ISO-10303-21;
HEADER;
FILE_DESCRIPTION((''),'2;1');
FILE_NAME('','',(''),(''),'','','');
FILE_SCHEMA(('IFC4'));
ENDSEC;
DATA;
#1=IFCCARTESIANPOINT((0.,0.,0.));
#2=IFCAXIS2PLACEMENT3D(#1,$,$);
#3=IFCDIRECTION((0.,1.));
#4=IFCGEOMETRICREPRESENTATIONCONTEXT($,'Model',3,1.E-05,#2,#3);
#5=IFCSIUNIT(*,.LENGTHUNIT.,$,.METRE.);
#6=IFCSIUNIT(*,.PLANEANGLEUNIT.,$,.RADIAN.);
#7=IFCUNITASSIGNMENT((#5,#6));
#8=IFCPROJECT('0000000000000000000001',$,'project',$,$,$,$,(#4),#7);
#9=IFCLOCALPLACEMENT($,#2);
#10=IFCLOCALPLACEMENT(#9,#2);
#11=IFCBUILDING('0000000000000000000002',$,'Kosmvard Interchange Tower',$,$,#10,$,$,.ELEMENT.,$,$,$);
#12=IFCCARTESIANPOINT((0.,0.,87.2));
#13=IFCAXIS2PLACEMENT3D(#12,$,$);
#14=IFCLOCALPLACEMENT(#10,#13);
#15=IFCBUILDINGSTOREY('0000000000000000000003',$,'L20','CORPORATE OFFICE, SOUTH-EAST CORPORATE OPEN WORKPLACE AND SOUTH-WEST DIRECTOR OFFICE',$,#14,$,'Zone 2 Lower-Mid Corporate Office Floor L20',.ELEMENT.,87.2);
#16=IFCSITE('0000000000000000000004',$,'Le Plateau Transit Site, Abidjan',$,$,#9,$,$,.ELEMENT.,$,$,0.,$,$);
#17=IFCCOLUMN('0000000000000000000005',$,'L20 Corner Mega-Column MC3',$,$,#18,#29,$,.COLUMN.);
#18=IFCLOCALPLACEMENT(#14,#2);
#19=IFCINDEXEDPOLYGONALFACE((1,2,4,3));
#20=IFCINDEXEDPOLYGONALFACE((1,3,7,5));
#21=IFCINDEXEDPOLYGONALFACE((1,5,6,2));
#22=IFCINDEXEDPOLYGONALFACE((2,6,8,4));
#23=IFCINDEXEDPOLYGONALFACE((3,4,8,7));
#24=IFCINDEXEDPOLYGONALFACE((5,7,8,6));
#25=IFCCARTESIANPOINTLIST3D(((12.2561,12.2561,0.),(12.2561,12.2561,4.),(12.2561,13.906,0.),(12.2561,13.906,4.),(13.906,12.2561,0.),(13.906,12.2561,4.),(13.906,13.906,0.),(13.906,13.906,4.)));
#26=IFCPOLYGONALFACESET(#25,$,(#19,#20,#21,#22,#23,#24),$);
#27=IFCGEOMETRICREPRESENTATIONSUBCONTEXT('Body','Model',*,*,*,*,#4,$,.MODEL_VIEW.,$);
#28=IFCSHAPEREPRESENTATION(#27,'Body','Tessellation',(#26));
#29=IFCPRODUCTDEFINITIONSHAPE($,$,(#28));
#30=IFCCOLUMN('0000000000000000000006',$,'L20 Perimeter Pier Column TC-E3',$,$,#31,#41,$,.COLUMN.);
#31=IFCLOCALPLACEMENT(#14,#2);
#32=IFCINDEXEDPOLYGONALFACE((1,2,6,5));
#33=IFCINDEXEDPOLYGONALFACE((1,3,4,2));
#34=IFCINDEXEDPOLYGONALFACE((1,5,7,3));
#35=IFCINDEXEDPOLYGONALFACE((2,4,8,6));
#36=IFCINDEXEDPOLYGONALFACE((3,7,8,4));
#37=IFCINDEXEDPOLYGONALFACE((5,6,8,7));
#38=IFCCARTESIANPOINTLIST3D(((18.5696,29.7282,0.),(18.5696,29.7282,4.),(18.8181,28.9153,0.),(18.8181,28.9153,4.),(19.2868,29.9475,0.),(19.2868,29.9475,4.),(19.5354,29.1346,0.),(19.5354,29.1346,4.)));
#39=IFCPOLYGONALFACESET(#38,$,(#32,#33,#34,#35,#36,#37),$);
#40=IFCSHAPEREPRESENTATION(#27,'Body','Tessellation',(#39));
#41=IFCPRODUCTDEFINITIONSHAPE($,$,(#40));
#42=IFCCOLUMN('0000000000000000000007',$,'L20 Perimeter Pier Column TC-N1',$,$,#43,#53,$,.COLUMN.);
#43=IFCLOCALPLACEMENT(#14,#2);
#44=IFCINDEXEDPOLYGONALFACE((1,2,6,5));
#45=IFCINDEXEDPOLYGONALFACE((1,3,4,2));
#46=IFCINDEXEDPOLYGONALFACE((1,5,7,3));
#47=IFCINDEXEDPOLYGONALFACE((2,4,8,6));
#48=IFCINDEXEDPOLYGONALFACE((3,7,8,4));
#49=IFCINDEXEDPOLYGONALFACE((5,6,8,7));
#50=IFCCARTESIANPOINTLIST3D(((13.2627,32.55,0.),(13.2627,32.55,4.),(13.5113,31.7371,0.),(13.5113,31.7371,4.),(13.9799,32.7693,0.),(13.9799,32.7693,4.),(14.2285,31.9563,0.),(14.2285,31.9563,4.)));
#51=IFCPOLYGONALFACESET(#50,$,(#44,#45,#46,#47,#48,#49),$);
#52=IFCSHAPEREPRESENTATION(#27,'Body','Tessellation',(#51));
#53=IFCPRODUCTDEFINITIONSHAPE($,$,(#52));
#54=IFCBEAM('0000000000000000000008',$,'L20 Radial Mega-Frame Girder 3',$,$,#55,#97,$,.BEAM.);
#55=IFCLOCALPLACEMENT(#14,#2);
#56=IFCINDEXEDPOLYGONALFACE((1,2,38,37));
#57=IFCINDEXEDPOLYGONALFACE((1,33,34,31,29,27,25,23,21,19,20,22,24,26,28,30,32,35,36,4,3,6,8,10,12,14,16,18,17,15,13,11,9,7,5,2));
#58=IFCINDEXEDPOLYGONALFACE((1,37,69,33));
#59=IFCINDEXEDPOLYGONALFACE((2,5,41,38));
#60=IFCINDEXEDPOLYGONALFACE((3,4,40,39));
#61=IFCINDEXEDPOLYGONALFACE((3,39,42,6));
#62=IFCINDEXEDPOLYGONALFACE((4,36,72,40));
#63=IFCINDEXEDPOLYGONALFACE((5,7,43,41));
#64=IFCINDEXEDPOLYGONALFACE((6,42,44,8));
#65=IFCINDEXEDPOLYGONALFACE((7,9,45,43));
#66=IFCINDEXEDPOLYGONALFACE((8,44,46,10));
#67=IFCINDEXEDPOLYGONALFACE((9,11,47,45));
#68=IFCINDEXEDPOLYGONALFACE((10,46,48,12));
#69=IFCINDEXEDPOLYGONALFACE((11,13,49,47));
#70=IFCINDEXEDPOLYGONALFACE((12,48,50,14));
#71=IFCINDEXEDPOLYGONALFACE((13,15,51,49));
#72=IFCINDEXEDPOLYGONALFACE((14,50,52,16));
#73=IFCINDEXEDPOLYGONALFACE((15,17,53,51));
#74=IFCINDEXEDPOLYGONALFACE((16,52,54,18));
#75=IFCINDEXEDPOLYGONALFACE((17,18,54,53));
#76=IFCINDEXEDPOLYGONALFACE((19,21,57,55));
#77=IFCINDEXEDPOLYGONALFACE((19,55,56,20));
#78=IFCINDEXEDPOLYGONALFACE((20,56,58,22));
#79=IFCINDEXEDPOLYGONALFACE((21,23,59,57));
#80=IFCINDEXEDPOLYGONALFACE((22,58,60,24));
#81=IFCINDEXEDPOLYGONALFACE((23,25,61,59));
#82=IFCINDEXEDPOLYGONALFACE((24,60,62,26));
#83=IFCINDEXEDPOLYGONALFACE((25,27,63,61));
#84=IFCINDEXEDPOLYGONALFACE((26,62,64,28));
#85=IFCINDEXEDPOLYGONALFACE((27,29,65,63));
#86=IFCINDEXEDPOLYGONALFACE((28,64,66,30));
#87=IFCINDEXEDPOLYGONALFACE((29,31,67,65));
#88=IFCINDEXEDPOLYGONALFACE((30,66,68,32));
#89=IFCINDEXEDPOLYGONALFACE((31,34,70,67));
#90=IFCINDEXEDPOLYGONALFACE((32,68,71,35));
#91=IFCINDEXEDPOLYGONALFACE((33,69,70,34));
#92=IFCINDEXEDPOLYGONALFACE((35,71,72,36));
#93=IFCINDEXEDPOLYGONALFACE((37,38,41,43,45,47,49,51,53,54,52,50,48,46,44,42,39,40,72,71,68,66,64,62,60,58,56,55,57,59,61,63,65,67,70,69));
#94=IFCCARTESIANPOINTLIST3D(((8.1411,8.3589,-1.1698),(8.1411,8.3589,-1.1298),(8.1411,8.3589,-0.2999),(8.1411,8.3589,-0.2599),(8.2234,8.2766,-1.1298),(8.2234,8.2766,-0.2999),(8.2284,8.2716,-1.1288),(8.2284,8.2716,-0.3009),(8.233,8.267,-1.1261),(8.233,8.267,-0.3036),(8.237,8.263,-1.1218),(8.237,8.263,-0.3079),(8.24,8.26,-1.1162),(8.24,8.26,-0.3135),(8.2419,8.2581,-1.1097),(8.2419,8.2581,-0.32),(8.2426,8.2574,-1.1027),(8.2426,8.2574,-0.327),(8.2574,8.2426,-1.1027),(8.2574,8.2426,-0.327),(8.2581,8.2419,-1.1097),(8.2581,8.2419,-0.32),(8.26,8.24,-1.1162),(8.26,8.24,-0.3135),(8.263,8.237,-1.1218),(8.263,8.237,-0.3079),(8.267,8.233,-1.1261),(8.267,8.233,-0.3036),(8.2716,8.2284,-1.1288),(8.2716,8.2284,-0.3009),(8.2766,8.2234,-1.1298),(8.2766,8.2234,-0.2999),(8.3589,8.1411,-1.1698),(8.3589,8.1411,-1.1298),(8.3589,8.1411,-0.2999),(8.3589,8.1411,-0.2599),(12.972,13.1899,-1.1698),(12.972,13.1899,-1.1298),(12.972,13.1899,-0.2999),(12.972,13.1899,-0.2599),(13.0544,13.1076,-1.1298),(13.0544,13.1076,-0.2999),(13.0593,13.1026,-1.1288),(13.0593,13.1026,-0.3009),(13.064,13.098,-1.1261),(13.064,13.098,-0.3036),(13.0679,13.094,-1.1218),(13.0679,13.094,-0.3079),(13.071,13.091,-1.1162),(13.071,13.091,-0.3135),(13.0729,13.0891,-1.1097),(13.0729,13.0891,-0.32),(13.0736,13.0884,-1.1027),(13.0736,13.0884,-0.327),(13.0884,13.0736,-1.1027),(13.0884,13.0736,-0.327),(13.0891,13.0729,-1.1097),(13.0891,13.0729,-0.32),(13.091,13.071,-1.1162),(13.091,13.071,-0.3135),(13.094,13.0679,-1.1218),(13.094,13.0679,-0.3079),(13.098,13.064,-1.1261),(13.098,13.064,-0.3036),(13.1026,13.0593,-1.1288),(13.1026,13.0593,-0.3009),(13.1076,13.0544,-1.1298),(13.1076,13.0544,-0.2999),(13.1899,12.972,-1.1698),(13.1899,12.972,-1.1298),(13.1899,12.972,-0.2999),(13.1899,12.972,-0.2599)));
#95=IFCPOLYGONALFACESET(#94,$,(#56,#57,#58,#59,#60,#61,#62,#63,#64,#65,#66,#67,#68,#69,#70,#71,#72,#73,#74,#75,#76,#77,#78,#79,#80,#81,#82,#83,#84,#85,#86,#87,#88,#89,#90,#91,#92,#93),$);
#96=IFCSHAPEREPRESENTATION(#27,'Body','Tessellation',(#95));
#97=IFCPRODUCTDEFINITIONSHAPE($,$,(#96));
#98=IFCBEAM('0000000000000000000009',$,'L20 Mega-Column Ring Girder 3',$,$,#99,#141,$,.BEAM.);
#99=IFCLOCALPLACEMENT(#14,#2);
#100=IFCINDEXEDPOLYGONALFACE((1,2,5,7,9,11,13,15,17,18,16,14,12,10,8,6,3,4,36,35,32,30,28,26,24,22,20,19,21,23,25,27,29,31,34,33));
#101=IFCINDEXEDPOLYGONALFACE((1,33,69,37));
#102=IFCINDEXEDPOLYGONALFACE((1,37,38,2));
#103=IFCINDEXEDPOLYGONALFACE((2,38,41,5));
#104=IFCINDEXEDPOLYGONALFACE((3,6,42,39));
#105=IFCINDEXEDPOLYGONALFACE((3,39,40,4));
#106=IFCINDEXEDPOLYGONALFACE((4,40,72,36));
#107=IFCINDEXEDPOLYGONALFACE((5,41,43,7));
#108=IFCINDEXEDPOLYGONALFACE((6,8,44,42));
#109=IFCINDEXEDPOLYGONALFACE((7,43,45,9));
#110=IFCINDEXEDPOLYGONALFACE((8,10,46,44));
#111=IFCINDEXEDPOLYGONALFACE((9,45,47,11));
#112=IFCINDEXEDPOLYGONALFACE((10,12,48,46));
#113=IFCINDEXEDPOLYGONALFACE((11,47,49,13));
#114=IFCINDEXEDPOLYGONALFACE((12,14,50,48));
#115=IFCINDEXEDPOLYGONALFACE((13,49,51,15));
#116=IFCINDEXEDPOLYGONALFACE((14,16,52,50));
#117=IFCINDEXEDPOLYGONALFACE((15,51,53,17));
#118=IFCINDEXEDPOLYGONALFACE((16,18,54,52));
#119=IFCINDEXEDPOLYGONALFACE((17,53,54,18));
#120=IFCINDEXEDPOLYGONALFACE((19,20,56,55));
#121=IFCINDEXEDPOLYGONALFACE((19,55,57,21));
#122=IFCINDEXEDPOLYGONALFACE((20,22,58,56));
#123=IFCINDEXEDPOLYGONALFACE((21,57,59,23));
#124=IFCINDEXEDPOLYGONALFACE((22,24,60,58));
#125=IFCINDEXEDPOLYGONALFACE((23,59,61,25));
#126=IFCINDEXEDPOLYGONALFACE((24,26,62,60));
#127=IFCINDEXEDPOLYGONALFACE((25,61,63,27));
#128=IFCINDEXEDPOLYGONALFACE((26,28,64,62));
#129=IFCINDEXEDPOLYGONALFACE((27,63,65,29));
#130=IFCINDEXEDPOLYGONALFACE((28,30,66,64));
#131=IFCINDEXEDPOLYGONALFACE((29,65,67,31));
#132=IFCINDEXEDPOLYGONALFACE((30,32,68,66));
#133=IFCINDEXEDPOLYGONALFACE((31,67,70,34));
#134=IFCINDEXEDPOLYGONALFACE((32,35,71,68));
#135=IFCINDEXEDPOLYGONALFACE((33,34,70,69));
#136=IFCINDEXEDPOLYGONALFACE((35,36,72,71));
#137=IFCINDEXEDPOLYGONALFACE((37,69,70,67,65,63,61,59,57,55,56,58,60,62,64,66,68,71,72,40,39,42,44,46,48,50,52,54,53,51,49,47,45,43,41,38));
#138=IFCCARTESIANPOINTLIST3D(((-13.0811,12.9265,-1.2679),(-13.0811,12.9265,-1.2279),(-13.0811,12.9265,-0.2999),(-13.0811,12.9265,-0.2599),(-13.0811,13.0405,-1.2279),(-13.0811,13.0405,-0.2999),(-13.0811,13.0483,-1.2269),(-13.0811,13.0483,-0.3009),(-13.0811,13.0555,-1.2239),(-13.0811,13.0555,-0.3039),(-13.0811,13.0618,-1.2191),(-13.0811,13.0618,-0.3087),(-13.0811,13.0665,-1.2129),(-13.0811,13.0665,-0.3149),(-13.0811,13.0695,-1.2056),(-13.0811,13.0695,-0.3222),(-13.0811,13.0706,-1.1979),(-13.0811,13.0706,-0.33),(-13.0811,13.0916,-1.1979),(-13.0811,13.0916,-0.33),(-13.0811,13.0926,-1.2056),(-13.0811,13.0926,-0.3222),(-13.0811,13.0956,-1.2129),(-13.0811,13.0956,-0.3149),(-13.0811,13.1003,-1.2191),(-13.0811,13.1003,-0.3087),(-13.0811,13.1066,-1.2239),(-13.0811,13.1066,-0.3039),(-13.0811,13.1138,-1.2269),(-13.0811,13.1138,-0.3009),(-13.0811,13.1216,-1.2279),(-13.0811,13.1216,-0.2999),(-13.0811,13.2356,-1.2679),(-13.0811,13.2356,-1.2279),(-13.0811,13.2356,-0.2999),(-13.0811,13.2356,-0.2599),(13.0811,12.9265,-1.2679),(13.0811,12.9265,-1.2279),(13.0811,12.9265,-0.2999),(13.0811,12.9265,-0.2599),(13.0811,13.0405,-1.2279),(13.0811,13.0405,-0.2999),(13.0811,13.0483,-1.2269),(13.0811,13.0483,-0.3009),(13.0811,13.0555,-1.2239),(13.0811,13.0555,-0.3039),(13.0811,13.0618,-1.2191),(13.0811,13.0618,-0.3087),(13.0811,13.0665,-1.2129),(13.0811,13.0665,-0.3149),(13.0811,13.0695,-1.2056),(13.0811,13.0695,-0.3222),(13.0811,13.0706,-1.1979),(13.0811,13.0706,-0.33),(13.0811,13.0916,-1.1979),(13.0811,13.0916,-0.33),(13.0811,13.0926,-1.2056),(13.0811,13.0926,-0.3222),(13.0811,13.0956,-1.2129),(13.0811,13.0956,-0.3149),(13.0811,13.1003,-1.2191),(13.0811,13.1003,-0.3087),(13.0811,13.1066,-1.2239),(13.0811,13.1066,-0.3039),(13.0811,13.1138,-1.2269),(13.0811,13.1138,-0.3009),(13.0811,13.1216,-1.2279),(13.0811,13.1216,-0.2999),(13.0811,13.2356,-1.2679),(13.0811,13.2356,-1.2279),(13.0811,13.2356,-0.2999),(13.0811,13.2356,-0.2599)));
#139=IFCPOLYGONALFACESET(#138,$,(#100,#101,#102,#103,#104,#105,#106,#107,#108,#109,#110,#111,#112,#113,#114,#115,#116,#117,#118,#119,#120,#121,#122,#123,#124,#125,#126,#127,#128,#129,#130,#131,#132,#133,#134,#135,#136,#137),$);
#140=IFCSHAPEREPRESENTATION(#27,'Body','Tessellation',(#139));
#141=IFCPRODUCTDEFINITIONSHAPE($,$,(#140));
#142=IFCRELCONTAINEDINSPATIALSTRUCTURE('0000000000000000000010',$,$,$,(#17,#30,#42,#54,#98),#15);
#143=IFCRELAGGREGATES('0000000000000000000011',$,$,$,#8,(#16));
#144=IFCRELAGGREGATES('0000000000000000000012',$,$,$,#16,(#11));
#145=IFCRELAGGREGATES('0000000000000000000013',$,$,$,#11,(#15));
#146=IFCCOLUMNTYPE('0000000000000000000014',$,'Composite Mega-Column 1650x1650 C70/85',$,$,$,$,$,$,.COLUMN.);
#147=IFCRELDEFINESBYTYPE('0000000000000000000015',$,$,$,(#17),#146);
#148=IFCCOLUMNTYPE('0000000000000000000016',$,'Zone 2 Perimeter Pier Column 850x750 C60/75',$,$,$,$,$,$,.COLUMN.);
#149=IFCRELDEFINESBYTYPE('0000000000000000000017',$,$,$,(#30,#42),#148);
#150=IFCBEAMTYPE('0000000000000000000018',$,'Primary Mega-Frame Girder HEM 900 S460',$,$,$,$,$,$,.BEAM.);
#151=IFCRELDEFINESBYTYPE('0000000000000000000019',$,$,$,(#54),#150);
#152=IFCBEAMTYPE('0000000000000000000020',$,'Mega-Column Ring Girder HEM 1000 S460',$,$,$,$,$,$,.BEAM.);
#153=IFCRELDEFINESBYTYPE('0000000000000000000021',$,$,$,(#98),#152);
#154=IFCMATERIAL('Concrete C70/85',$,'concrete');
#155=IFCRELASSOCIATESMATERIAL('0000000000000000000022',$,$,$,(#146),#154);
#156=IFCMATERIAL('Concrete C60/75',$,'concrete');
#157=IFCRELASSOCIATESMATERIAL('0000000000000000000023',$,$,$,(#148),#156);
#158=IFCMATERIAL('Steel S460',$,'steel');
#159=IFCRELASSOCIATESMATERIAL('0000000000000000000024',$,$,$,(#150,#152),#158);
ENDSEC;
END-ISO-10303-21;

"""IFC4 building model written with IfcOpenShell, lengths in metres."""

from ifc_helpers import new_model, si_unit, direction, frame, origin, origin_2d, place, context, subcontext, project, spatial, rectangle, i_section, extrude, source, transform, mapped, material, material_profile, profile_set, type_object, element, save


model = new_model("IFC4")

# Units and contexts
model_context = context("Model", 3, precision=1e-05, world=origin(), true_north=direction((0.0, 1.0)))
body_context = subcontext(model_context, "Body", "Model", "MODEL_VIEW")
ifc_project = project(units=[si_unit("LENGTHUNIT", "METRE"), si_unit("PLANEANGLEUNIT", "RADIAN")], contexts=[model_context])

# Site, building, storey
site_placement = place(None, origin())
site = spatial("IfcSite", under=ifc_project, at=site_placement, Name="Le Plateau Transit Site, Abidjan", CompositionType="ELEMENT", RefElevation=0.0)
building_placement = place(site_placement, origin())
building = spatial("IfcBuilding", under=site, at=building_placement, Name="Kosmvard Interchange Tower", CompositionType="ELEMENT")
storey_placement = place(building_placement, frame((0.0, 0.0, 87.2)))
storey = spatial("IfcBuildingStorey", under=building, at=storey_placement, Name="L20", Description="CORPORATE OFFICE, SOUTH-EAST CORPORATE OPEN WORKPLACE AND SOUTH-WEST DIRECTOR OFFICE", LongName="Zone 2 Lower-Mid Corporate Office Floor L20", CompositionType="ELEMENT", Elevation=87.2)

# Columns
ifc_material_1 = material(Name="Concrete C70/85", Category="concrete")
ifc_material_profile_1 = material_profile(ifc_material_1, rectangle(XDim=1.6499, YDim=1.6499, at=origin_2d()), Name="MC 1650x1650")
ifc_profile_set_1 = profile_set([ifc_material_profile_1], Name="Concrete C70/85")
column_type_1 = type_object("IfcColumnType", Name="Composite Mega-Column 1650x1650 C70/85", PredefinedType="COLUMN", material=ifc_profile_set_1)
shared_shape_1 = source(origin(), body_context, "Body", "SweptSolid", [
    extrude(rectangle(XDim=1.6499, YDim=1.6499, at=origin_2d()), origin(), (0.0, 0.0, 1.0), 4.0),
])
column_placement = place(storey_placement, frame((13.0811, 13.0811, 0.0), z_axis=(0.0, 0.0, 1.0), x_axis=(1.0, 0.0, 0.0)))
element("IfcColumn", 1, at=column_placement, inside=storey, type_object=column_type_1, Name="L20 Corner Mega-Column MC3", PredefinedType="COLUMN", context=body_context, shape_type="MappedRepresentation", body=[
    mapped(shared_shape_1, transform((0.0, 0.0, 0.0), scale=1.0)),
])
ifc_material_2 = material(Name="Concrete C60/75", Category="concrete")
ifc_material_profile_2 = material_profile(ifc_material_2, rectangle(XDim=0.75, YDim=0.8501, at=origin_2d()), Name="TC 850x750")
ifc_profile_set_2 = profile_set([ifc_material_profile_2], Name="Concrete C60/75")
column_type_2 = type_object("IfcColumnType", Name="Zone 2 Perimeter Pier Column 850x750 C60/75", PredefinedType="COLUMN", material=ifc_profile_set_2)
shared_shape_2 = source(origin(), body_context, "Body", "SweptSolid", [
    extrude(rectangle(XDim=0.75, YDim=0.8501, at=origin_2d()), origin(), (0.0, 0.0, 1.0), 4.0),
])
for number, where, z_axis, x_axis, name in (
    (2, (19.0525, 29.4314, 0.0), (0.0, 0.0, 1.0), (0.956305, 0.292372, 0.0), "L20 Perimeter Pier Column TC-E3"),
    (3, (13.7456, 32.2532, 0.0), (0.0, 0.0, 1.0), (0.956305, 0.292372, 0.0), "L20 Perimeter Pier Column TC-N1"),
):
    element("IfcColumn", number, at=place(storey_placement, frame(where, z_axis=z_axis, x_axis=x_axis)), inside=storey, type_object=column_type_2, Name=name, PredefinedType="COLUMN", context=body_context, shape_type="MappedRepresentation", body=[
        mapped(shared_shape_2, transform((0.0, 0.0, 0.0), scale=1.0)),
    ])

# Beams
ifc_material_3 = material(Name="Steel S460", Category="steel")
ifc_material_profile_3 = material_profile(ifc_material_3, i_section(OverallWidth=0.3081, OverallDepth=0.9099, WebThickness=0.021, FlangeThickness=0.04, FilletRadius=0.0271, at=origin_2d()), Name="HEM 900")
ifc_profile_set_3 = profile_set([ifc_material_profile_3], Name="Steel S460")
beam_type_1 = type_object("IfcBeamType", Name="Primary Mega-Frame Girder HEM 900 S460", PredefinedType="BEAM", material=ifc_profile_set_3)
shared_shape_3 = source(origin(), body_context, "Body", "SweptSolid", [
    extrude(i_section(OverallWidth=0.3081, OverallDepth=0.9099, WebThickness=0.021, FlangeThickness=0.04, FilletRadius=0.0271, at=origin_2d()), origin(), (0.0, 0.0, 1.0), 6.832),
])
beam_1_placement = place(storey_placement, frame((8.25, 8.25, -0.7148), z_axis=(0.707107, 0.707107, 0.0), x_axis=(-0.707107, 0.707107, 0.0)))
element("IfcBeam", 4, at=beam_1_placement, inside=storey, type_object=beam_type_1, Name="L20 Radial Mega-Frame Girder 3", PredefinedType="BEAM", context=body_context, shape_type="MappedRepresentation", body=[
    mapped(shared_shape_3, transform((0.0, 0.0, 0.0), scale=1.0)),
])
ifc_material_profile_4 = material_profile(ifc_material_3, i_section(OverallWidth=0.3091, OverallDepth=1.0081, WebThickness=0.021, FlangeThickness=0.04, FilletRadius=0.03, at=origin_2d()), Name="HEM 1000")
ifc_profile_set_4 = profile_set([ifc_material_profile_4], Name="Steel S460")
beam_type_2 = type_object("IfcBeamType", Name="Mega-Column Ring Girder HEM 1000 S460", PredefinedType="BEAM", material=ifc_profile_set_4)
shared_shape_4 = source(origin(), body_context, "Body", "SweptSolid", [
    extrude(i_section(OverallWidth=0.3091, OverallDepth=1.0081, WebThickness=0.021, FlangeThickness=0.04, FilletRadius=0.03, at=origin_2d()), origin(), (0.0, 0.0, 1.0), 26.1621),
])
beam_2_placement = place(storey_placement, frame((13.0811, 13.0811, -0.7639), z_axis=(-1.0, 0.0, 0.0), x_axis=(0.0, -1.0, 0.0)))
element("IfcBeam", 5, at=beam_2_placement, inside=storey, type_object=beam_type_2, Name="L20 Mega-Column Ring Girder 3", PredefinedType="BEAM", context=body_context, shape_type="MappedRepresentation", body=[
    mapped(shared_shape_4, transform((0.0, 0.0, 0.0), scale=1.0)),
])

save(model, "model.ifc")
